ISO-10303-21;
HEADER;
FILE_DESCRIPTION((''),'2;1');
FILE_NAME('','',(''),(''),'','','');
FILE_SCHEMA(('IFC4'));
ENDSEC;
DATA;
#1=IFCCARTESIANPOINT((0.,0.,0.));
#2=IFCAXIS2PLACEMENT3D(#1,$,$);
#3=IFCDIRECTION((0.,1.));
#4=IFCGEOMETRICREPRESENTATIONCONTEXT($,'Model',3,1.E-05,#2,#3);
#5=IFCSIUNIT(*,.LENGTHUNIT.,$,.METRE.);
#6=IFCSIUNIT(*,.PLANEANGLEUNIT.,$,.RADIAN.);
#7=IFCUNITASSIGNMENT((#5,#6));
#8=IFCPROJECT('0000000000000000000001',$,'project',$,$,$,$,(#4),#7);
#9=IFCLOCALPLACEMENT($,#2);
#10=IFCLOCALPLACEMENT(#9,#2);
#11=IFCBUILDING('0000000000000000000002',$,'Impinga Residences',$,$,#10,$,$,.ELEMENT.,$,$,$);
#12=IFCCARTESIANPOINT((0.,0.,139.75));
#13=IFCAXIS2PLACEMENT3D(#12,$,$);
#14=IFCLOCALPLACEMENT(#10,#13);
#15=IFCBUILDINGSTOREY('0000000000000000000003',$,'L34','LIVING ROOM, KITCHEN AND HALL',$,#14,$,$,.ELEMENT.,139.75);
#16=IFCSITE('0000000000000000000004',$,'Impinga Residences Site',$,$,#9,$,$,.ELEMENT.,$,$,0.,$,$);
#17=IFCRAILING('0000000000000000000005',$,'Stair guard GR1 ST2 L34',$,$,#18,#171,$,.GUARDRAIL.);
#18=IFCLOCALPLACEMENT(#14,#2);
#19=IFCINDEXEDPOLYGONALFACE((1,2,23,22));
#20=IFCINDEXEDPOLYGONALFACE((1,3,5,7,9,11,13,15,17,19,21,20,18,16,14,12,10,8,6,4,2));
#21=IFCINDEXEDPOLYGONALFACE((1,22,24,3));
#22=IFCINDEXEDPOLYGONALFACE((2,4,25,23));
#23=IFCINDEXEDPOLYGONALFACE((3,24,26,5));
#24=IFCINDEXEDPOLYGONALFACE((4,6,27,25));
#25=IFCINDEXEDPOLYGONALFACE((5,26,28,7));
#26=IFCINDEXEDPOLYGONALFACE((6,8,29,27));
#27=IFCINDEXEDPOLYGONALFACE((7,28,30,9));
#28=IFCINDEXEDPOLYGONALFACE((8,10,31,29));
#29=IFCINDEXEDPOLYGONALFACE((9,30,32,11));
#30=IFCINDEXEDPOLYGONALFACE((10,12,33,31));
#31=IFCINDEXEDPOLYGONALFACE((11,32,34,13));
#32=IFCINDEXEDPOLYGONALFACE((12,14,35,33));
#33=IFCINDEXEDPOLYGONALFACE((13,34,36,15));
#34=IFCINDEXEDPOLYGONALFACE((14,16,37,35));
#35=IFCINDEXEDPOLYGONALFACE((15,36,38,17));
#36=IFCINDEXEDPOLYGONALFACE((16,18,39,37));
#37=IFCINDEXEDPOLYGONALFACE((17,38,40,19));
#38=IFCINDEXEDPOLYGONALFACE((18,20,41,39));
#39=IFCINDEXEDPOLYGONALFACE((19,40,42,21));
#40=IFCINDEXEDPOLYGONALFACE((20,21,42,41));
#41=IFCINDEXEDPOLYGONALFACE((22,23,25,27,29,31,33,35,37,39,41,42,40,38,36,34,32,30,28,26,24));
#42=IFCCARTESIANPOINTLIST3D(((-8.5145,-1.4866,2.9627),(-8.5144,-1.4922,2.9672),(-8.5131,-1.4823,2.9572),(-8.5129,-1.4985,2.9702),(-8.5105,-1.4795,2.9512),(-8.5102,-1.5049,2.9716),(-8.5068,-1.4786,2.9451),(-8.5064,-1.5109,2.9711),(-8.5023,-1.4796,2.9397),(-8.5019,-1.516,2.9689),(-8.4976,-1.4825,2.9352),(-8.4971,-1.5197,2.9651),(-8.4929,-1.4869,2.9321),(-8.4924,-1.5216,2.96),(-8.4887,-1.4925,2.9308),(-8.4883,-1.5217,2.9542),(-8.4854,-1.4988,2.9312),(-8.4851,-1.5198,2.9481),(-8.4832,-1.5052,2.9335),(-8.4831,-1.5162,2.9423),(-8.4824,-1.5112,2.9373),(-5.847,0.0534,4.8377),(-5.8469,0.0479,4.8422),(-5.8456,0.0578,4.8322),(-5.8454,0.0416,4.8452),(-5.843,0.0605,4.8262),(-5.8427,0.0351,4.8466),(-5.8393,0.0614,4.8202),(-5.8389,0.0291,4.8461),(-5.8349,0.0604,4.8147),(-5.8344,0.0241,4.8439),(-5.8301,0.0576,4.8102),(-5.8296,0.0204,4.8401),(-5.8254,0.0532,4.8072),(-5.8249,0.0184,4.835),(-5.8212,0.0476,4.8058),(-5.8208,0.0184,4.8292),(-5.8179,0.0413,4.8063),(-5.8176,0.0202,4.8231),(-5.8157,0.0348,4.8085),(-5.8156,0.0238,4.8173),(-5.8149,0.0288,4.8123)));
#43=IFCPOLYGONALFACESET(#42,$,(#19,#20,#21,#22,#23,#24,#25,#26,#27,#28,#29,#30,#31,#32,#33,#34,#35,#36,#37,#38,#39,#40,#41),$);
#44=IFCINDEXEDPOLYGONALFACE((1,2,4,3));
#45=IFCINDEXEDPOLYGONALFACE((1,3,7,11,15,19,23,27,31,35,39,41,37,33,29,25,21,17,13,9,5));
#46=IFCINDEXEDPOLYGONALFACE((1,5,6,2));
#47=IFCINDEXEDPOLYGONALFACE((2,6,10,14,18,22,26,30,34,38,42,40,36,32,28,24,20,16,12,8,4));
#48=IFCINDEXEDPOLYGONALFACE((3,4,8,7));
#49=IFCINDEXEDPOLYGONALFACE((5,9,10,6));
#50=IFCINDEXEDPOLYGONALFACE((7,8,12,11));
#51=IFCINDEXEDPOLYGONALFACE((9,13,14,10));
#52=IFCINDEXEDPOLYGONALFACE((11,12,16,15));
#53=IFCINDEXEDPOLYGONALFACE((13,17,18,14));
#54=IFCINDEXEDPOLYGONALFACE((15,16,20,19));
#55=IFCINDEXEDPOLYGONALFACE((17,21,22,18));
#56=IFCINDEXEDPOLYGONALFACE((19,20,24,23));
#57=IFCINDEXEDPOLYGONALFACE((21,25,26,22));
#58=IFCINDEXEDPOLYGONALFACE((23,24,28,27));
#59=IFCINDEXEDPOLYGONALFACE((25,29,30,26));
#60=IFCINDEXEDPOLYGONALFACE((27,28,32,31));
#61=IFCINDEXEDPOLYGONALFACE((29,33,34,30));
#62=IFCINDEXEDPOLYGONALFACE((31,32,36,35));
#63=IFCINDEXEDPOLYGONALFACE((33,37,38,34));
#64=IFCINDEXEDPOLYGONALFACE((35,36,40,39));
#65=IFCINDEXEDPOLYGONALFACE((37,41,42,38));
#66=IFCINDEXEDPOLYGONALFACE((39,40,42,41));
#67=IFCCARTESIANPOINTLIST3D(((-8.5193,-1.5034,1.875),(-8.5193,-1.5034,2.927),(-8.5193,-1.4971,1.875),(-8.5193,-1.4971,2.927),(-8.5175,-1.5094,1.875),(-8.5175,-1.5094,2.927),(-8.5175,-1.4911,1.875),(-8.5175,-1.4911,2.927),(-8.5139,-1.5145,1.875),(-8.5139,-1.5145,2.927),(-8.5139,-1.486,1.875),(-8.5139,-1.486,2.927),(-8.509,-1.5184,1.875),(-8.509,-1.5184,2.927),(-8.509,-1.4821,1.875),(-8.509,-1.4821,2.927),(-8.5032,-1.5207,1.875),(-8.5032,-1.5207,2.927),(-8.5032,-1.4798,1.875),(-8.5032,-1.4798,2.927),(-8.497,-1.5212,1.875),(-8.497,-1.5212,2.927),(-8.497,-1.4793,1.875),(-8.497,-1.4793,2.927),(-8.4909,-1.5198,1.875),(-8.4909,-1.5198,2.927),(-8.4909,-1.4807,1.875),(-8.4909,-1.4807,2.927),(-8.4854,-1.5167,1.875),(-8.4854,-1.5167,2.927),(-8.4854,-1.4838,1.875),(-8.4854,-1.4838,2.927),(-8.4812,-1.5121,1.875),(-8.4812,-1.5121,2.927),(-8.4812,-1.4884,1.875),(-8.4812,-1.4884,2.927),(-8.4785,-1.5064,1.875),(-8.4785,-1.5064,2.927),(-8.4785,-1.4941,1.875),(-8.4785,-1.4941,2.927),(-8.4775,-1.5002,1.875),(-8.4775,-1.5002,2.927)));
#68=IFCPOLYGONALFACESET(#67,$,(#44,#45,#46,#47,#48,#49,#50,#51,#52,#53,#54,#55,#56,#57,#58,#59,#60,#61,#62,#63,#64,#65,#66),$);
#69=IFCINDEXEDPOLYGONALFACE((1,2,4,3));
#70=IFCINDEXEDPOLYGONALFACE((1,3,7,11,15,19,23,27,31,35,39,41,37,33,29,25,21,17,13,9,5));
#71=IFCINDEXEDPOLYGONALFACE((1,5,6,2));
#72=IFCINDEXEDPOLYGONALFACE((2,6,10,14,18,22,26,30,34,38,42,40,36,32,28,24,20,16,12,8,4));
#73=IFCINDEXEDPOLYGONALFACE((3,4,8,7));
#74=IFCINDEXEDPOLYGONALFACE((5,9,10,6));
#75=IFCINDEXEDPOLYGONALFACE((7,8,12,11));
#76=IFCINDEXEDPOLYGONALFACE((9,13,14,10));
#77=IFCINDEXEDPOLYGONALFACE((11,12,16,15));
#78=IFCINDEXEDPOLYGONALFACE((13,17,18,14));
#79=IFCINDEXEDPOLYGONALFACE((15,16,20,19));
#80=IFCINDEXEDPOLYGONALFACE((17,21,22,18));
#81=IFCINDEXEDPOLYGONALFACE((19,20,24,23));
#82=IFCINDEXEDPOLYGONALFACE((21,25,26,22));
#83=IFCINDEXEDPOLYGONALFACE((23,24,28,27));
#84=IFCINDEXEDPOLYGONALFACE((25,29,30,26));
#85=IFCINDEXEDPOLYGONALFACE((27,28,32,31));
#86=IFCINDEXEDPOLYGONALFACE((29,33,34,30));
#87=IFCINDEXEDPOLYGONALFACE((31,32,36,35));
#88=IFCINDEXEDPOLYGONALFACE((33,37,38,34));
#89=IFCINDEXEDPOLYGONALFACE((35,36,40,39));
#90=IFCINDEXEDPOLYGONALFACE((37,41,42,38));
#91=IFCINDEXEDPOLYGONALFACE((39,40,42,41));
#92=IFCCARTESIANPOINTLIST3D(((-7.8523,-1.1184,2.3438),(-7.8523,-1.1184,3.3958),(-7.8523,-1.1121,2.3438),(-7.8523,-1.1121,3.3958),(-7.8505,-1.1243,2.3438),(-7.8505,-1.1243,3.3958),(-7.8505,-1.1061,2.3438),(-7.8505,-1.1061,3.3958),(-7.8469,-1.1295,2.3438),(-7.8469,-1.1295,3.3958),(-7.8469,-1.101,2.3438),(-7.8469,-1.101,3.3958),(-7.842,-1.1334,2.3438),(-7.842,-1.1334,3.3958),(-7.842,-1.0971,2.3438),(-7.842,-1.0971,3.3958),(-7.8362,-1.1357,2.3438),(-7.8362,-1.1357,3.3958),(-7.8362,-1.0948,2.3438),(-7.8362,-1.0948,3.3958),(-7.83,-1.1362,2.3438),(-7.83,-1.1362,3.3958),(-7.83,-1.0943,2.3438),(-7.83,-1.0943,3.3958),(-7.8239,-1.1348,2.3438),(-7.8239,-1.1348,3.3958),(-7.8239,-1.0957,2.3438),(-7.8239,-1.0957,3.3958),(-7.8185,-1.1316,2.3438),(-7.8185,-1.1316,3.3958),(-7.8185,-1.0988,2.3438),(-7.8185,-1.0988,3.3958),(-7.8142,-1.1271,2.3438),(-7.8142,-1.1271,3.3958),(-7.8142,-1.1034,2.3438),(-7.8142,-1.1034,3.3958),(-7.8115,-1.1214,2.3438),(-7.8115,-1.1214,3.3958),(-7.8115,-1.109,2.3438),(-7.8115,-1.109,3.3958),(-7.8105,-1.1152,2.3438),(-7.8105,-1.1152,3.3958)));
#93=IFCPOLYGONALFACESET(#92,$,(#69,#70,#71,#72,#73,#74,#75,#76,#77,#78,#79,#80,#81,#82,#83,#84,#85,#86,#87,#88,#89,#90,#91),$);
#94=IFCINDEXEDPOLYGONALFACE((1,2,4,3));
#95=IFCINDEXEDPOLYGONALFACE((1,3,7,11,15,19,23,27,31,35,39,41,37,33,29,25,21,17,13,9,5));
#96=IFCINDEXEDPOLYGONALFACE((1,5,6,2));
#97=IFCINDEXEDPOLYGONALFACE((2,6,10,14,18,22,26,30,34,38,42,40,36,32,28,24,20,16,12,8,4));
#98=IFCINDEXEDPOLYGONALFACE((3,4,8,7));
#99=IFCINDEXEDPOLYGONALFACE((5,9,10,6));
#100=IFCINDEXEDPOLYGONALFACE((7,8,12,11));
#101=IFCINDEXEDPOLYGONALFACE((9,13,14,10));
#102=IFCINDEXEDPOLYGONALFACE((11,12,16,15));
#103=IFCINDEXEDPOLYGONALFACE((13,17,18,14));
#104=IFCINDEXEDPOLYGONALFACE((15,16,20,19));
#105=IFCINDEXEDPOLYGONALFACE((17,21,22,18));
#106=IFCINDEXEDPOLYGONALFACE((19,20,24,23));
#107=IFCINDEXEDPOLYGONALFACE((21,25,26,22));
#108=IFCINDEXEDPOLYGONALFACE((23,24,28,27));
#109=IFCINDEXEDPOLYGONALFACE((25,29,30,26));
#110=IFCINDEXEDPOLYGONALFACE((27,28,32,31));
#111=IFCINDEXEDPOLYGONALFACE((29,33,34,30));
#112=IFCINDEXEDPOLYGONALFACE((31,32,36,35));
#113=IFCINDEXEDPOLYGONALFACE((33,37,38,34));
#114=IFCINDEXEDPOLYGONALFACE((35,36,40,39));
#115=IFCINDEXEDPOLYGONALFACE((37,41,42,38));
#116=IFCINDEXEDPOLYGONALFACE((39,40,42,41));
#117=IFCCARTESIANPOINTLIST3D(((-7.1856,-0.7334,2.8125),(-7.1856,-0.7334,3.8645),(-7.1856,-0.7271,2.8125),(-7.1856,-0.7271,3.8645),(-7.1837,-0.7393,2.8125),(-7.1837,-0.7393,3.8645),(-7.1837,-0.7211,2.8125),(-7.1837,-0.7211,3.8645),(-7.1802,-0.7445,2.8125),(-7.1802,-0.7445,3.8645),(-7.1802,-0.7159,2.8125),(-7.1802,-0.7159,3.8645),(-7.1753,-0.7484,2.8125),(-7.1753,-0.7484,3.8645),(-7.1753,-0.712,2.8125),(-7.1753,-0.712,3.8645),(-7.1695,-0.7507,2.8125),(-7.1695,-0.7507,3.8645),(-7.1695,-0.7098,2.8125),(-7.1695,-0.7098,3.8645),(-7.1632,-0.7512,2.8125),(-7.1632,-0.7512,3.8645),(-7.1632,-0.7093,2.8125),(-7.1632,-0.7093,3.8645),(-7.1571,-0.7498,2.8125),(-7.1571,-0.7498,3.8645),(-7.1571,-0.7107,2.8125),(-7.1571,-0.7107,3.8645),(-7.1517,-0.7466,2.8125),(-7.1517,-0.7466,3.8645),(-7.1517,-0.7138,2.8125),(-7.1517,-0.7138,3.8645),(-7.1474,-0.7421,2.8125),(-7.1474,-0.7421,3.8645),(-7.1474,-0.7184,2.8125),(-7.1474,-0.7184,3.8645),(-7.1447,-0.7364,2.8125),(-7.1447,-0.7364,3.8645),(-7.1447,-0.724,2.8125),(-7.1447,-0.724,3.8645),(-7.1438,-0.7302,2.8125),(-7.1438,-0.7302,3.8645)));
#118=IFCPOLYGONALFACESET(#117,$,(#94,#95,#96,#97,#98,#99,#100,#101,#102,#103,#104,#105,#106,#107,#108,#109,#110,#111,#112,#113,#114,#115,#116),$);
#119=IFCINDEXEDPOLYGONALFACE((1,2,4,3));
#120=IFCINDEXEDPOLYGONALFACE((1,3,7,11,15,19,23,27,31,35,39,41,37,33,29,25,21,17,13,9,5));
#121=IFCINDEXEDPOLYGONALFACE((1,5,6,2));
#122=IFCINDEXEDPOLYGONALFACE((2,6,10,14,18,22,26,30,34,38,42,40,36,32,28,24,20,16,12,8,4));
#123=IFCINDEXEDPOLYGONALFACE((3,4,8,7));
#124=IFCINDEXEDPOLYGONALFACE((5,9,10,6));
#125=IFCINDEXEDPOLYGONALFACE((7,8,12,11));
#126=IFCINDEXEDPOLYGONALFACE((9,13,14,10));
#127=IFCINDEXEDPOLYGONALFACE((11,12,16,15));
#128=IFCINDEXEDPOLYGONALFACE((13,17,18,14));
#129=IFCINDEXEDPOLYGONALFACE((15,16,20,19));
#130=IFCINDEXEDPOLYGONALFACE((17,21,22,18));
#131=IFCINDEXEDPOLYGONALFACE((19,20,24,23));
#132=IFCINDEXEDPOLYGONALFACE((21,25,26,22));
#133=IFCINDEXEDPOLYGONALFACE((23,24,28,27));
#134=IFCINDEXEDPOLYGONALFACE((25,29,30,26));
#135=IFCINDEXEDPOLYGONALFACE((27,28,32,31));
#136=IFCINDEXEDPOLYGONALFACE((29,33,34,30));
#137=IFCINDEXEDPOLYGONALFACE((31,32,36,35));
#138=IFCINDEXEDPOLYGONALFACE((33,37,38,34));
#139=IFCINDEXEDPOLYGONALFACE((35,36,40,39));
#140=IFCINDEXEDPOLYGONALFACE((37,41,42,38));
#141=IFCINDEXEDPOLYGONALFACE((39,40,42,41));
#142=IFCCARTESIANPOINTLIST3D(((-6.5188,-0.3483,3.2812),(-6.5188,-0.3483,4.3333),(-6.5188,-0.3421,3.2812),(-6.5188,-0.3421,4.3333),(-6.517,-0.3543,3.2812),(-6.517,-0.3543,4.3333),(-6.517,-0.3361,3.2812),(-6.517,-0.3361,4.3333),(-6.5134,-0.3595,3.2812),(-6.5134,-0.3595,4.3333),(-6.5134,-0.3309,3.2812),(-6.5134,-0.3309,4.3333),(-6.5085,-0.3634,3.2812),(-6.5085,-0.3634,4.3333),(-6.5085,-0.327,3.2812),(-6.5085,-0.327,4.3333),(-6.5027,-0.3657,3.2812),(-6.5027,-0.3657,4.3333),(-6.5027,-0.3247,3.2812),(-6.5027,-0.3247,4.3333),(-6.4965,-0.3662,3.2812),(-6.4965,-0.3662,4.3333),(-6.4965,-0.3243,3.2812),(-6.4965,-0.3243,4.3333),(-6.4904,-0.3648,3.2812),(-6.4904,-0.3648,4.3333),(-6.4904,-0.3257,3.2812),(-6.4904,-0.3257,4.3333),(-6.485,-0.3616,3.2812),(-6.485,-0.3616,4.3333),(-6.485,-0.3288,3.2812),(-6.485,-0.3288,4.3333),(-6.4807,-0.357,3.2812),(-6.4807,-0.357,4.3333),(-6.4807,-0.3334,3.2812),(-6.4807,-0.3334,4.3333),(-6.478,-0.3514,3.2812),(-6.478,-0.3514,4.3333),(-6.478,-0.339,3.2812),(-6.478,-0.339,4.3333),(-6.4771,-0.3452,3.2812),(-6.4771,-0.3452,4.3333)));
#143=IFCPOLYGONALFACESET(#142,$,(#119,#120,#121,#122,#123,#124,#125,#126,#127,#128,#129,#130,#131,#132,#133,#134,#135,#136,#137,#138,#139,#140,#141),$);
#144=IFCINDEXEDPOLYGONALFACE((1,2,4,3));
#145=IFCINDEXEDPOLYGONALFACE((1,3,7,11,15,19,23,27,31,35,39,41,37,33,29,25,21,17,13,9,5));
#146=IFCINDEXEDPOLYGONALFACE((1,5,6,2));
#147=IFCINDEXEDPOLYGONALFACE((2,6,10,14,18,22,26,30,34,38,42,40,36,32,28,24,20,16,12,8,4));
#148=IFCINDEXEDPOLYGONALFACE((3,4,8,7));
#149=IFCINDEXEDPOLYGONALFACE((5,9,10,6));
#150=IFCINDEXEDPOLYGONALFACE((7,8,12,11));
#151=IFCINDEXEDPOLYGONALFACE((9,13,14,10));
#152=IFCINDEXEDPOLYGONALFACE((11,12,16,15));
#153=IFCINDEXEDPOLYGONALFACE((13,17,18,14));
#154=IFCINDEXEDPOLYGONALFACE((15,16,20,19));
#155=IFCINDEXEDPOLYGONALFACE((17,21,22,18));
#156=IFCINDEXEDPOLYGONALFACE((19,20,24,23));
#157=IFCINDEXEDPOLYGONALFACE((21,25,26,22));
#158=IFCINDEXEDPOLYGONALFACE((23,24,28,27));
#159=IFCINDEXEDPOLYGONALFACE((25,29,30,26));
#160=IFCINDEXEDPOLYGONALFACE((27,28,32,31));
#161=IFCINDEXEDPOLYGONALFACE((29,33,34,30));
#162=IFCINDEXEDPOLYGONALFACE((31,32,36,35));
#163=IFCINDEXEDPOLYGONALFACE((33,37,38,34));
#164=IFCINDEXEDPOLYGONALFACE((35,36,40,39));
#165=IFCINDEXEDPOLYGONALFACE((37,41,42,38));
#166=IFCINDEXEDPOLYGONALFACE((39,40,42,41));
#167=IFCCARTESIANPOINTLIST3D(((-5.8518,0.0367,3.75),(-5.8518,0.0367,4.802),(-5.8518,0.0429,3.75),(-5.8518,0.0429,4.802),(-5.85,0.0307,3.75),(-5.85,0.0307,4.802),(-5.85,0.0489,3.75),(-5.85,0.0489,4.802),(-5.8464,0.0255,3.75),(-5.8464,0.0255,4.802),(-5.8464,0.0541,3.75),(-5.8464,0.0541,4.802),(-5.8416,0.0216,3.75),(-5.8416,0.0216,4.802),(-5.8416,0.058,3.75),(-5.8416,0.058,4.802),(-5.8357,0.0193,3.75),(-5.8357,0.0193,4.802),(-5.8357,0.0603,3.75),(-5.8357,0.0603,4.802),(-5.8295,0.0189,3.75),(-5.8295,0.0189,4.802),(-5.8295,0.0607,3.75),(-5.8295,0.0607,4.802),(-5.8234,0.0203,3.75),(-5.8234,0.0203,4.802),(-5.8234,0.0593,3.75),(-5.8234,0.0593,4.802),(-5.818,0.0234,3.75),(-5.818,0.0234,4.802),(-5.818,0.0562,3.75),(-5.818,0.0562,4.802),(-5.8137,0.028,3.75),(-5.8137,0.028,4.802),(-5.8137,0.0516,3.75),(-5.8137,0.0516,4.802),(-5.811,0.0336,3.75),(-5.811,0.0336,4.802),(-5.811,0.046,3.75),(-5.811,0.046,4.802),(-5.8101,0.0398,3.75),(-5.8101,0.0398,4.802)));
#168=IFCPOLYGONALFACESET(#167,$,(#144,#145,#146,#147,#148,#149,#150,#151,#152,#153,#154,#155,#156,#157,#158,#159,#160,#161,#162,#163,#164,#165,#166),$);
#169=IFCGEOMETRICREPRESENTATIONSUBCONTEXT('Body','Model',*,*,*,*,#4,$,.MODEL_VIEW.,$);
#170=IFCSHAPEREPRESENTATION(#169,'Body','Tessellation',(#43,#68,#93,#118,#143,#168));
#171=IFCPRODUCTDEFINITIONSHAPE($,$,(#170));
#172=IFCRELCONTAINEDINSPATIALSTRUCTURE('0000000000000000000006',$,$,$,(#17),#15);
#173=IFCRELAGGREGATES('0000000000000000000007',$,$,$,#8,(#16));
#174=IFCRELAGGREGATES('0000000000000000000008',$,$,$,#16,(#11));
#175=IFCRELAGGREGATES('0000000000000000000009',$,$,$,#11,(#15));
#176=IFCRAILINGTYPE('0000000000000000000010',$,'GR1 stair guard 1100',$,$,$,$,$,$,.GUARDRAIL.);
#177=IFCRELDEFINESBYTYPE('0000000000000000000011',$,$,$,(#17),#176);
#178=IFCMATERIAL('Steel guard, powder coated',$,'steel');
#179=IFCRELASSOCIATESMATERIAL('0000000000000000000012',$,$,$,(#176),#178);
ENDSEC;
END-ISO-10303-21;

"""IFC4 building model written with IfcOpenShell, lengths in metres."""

from ifc_helpers import new_model, si_unit, direction, frame, origin, origin_2d, place, context, subcontext, project, spatial, circle, extrude, material, type_object, element, save


model = new_model("IFC4")

# Units and contexts
model_context = context("Model", 3, precision=1e-05, world=origin(), true_north=direction((0.0, 1.0)))
body_context = subcontext(model_context, "Body", "Model", "MODEL_VIEW")
ifc_project = project(units=[si_unit("LENGTHUNIT", "METRE"), si_unit("PLANEANGLEUNIT", "RADIAN")], contexts=[model_context])

# Site, building, storey
site_placement = place(None, origin())
site = spatial("IfcSite", under=ifc_project, at=site_placement, Name="Impinga Residences Site", CompositionType="ELEMENT", RefElevation=0.0)
building_placement = place(site_placement, origin())
building = spatial("IfcBuilding", under=site, at=building_placement, Name="Impinga Residences", CompositionType="ELEMENT")
storey_placement = place(building_placement, frame((0.0, 0.0, 139.75)))
storey = spatial("IfcBuildingStorey", under=building, at=storey_placement, Name="L34", Description="LIVING ROOM, KITCHEN AND HALL", CompositionType="ELEMENT", Elevation=139.75)

# Railing
ifc_material_1 = material(Name="Steel guard, powder coated", Category="steel")
railing_type_1 = type_object("IfcRailingType", Name="GR1 stair guard 1100", PredefinedType="GUARDRAIL", material=ifc_material_1)
railing_1_placement = place(storey_placement, frame((-8.4985, -1.5002, 1.875)))
element("IfcRailing", 1, at=railing_1_placement, inside=storey, type_object=railing_type_1, Name="Stair guard GR1 ST2 L34", PredefinedType="GUARDRAIL", context=body_context, shape_type="SweptSolid", body=[
    extrude(circle(Radius=0.0239, at=origin_2d()), frame((0.0, 0.0, 1.0762), z_axis=(0.739746, 0.427084, 0.519975), x_axis=(-0.499992, 0.86603, 0.0)), (0.0, 0.0, 1.0), 3.606),
    extrude(circle(Radius=0.021, at=origin_2d()), origin(), (0.0, 0.0, 1.0), 1.052),
    extrude(circle(Radius=0.021, at=origin_2d()), frame((0.667, 0.385, 0.4688)), (0.0, 0.0, 1.0), 1.052),
    extrude(circle(Radius=0.021, at=origin_2d()), frame((1.3337, 0.77, 0.9375)), (0.0, 0.0, 1.0), 1.052),
    extrude(circle(Radius=0.021, at=origin_2d()), frame((2.0005, 1.155, 1.4062)), (0.0, 0.0, 1.0), 1.052),
    extrude(circle(Radius=0.021, at=origin_2d()), frame((2.6675, 1.54, 1.875)), (0.0, 0.0, 1.0), 1.052),
])

save(model, "model.ifc")
